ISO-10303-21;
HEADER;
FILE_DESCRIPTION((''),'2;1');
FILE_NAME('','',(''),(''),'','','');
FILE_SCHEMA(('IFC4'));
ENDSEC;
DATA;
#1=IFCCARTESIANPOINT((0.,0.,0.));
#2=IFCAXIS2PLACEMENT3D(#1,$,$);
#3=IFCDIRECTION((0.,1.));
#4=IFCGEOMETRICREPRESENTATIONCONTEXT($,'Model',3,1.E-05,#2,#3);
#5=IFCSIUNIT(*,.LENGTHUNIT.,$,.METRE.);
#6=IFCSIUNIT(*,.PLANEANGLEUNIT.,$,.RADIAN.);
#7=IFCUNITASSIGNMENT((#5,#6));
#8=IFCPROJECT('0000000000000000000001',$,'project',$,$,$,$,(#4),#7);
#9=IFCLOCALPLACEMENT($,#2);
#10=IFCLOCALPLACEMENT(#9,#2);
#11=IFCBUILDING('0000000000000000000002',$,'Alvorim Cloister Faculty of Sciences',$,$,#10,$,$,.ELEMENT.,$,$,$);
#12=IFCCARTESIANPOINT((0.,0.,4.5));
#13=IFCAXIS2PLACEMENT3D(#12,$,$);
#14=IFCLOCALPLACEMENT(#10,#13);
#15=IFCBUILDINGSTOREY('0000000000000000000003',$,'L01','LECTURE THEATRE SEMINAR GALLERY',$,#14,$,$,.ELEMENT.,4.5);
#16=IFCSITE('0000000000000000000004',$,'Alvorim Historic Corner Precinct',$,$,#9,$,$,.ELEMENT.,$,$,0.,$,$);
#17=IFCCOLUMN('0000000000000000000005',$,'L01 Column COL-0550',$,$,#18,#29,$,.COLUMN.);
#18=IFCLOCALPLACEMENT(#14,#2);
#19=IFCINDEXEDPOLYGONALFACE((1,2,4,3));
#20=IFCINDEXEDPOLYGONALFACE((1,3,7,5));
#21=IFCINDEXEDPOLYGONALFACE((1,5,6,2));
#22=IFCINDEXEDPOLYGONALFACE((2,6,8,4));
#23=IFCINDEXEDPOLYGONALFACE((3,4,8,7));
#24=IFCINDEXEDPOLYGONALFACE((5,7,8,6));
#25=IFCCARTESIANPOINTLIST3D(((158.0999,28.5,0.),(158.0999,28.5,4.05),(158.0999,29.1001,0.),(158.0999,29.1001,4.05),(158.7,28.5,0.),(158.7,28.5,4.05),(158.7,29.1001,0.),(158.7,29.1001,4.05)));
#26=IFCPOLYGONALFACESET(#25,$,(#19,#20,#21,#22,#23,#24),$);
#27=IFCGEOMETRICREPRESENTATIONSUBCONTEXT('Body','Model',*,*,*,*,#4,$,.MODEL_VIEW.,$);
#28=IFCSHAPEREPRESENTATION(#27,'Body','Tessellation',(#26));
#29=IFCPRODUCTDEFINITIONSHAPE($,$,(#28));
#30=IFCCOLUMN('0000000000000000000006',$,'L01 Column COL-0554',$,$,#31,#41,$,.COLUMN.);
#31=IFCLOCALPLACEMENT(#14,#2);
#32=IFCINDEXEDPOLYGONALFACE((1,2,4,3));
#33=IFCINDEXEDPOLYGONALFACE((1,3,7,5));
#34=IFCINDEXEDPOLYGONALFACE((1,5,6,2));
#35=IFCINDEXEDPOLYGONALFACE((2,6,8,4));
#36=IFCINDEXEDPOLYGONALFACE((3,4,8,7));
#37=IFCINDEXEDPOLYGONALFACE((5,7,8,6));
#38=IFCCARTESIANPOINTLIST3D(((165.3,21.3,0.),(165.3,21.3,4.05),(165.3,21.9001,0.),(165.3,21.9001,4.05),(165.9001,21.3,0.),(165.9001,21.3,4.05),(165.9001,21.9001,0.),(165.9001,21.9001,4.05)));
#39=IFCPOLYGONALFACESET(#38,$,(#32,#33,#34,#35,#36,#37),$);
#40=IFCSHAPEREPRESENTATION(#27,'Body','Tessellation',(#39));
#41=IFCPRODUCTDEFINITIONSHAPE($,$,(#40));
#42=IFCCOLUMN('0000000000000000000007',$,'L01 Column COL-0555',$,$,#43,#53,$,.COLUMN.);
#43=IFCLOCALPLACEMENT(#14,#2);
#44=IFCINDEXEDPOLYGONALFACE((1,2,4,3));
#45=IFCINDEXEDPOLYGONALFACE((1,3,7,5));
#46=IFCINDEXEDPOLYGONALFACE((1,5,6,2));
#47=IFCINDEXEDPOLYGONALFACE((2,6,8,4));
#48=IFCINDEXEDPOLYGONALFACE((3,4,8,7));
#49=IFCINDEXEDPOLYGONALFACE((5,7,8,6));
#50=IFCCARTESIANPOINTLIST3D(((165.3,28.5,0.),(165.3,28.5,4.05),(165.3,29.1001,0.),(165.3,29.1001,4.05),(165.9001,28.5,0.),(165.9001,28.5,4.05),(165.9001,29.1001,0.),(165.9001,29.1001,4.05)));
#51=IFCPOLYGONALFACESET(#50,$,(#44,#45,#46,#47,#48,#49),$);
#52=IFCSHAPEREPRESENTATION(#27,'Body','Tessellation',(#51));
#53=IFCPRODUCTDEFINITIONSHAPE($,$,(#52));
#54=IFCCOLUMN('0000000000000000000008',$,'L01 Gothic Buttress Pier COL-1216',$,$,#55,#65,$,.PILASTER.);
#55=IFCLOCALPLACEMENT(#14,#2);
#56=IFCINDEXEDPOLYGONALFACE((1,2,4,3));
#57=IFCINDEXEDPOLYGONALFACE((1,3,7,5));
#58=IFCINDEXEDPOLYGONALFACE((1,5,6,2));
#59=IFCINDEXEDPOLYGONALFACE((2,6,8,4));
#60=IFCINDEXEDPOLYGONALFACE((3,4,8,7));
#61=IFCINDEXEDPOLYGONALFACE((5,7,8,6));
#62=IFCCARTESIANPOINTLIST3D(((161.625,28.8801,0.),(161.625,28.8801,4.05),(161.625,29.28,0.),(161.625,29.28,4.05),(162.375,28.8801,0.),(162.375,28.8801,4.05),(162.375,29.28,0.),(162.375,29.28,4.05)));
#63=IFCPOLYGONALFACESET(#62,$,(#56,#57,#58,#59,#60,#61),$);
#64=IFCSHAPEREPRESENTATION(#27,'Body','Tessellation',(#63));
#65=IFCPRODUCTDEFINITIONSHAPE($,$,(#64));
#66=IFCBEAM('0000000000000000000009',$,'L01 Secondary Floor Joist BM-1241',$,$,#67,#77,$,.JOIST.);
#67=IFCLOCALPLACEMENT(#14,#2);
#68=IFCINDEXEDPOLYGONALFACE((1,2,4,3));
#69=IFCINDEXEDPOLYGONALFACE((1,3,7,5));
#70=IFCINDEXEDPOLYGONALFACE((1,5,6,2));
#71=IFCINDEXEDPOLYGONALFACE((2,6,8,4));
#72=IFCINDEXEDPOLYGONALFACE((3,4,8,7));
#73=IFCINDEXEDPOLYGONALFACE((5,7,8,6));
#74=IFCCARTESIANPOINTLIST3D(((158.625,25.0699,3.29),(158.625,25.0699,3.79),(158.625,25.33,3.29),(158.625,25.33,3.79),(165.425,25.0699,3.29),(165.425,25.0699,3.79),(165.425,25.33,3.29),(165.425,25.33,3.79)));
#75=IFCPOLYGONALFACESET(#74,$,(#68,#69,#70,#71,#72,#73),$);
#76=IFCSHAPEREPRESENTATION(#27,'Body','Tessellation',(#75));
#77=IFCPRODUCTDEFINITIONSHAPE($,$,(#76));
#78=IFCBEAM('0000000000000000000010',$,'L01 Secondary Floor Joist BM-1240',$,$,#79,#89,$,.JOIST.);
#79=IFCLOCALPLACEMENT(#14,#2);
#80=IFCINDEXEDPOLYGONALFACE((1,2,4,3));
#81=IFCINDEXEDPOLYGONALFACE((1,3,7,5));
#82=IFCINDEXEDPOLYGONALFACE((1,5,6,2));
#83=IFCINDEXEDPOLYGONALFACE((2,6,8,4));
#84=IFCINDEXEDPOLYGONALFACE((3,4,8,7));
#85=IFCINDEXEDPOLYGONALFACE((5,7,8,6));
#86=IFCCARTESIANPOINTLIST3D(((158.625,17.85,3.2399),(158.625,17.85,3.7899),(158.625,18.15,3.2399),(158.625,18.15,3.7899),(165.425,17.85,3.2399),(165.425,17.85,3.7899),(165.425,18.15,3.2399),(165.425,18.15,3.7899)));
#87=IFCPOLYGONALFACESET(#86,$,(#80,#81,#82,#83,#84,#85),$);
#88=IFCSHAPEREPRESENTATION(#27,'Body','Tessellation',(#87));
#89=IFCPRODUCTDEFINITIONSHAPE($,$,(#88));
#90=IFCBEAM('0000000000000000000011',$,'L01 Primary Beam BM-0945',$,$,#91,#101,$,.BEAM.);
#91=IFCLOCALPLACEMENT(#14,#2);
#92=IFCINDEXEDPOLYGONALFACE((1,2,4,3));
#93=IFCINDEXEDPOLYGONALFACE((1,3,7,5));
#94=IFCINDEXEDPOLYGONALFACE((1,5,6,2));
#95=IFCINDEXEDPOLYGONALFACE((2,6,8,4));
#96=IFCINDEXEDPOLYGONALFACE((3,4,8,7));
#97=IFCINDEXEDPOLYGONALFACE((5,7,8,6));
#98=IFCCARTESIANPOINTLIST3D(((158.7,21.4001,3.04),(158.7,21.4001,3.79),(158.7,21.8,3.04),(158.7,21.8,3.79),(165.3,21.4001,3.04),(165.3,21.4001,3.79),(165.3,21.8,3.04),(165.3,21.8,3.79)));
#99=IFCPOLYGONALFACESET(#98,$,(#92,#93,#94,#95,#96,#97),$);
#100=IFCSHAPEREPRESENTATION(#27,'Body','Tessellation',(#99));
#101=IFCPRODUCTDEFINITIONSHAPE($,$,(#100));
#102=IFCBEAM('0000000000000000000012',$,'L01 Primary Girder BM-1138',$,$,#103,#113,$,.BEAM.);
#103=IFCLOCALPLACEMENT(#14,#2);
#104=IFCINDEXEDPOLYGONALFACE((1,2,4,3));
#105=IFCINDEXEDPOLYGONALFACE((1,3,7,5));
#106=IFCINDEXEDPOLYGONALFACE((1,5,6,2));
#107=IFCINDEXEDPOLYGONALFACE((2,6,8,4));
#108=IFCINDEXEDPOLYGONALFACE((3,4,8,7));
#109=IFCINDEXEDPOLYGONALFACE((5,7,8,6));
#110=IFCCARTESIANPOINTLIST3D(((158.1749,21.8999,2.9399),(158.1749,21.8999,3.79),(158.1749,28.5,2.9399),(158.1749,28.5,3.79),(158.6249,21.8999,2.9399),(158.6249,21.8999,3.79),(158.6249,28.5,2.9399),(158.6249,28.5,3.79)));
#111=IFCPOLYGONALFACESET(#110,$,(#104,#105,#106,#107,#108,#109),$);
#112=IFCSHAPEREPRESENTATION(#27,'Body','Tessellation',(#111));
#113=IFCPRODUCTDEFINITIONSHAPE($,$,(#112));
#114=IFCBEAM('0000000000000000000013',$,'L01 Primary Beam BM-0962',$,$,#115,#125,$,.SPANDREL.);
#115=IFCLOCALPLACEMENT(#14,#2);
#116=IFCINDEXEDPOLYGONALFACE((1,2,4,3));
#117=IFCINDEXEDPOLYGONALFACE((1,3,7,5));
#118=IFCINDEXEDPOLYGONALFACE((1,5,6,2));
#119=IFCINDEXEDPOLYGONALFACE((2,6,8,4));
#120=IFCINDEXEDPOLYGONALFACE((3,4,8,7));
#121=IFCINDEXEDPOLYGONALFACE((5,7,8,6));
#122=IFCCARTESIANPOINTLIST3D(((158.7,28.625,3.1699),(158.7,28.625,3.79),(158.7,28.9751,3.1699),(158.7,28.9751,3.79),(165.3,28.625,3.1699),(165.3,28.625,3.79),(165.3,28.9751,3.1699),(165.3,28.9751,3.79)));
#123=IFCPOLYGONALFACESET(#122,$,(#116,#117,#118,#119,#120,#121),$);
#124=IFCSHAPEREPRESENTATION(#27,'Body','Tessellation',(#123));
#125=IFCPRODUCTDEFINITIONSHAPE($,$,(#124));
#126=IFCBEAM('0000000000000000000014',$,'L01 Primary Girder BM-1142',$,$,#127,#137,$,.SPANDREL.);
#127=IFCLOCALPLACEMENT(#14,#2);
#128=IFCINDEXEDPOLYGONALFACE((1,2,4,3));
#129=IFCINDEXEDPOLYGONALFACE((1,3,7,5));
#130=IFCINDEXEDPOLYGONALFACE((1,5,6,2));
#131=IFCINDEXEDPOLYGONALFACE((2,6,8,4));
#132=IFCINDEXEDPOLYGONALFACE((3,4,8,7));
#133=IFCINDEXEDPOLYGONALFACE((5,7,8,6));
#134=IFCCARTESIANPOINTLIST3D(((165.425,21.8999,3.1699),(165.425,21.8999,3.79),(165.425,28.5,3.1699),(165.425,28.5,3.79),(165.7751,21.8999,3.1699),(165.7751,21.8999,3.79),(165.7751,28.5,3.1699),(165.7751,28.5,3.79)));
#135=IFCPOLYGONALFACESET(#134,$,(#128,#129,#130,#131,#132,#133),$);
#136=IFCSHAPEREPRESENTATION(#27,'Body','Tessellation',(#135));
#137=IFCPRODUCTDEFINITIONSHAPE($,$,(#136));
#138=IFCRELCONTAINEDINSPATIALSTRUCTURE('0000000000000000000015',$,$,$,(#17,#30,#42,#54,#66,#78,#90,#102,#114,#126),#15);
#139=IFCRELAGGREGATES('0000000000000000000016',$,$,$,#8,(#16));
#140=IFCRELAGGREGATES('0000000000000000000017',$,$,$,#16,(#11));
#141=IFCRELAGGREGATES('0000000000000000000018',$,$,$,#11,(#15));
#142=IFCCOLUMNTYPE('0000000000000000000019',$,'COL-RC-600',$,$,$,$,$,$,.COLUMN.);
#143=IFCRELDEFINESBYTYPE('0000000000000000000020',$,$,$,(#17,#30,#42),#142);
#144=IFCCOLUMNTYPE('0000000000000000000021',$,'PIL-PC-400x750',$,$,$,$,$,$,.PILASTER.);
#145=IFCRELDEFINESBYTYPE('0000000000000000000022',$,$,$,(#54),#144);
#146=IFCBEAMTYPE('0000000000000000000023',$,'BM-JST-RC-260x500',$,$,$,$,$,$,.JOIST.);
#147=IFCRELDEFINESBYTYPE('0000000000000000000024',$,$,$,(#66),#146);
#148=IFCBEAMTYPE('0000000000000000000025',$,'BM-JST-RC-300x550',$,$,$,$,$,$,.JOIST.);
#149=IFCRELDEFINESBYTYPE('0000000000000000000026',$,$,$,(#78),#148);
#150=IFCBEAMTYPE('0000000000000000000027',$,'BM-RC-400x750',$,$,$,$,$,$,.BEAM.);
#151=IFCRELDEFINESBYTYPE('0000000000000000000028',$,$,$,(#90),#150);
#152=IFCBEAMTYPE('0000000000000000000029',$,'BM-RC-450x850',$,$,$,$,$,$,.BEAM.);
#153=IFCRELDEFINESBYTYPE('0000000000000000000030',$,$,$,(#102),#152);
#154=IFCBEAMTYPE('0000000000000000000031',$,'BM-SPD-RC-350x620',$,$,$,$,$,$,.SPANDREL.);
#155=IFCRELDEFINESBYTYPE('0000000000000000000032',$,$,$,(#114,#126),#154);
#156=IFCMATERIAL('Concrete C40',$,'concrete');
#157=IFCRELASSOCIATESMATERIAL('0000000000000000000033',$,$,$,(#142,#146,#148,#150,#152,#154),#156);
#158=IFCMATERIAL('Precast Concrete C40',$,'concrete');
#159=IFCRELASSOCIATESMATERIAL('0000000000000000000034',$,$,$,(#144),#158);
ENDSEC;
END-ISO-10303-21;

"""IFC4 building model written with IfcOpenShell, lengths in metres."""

from ifc_helpers import new_model, si_unit, direction, frame, origin, origin_2d, place, context, subcontext, project, spatial, rectangle, extrude, material, material_profile, profile_set, type_object, element, save


model = new_model("IFC4")

# Units and contexts
model_context = context("Model", 3, precision=1e-05, world=origin(), true_north=direction((0.0, 1.0)))
body_context = subcontext(model_context, "Body", "Model", "MODEL_VIEW")
ifc_project = project(units=[si_unit("LENGTHUNIT", "METRE"), si_unit("PLANEANGLEUNIT", "RADIAN")], contexts=[model_context])

# Site, building, storey
site_placement = place(None, origin())
site = spatial("IfcSite", under=ifc_project, at=site_placement, Name="Alvorim Historic Corner Precinct", CompositionType="ELEMENT", RefElevation=0.0)
building_placement = place(site_placement, origin())
building = spatial("IfcBuilding", under=site, at=building_placement, Name="Alvorim Cloister Faculty of Sciences", CompositionType="ELEMENT")
storey_placement = place(building_placement, frame((0.0, 0.0, 4.5)))
storey = spatial("IfcBuildingStorey", under=building, at=storey_placement, Name="L01", Description="LECTURE THEATRE SEMINAR GALLERY", CompositionType="ELEMENT", Elevation=4.5)

# Columns
ifc_material_1 = material(Name="Concrete C40", Category="concrete")
ifc_material_profile_1 = material_profile(ifc_material_1, rectangle(XDim=0.6001, YDim=0.6001, at=origin_2d()), Name="RC40-COL-600x600")
ifc_profile_set_1 = profile_set([ifc_material_profile_1], Name="Concrete C40")
column_type_1 = type_object("IfcColumnType", Name="COL-RC-600", PredefinedType="COLUMN", material=ifc_profile_set_1)
for number, where, z_axis, x_axis, name in (
    (1, (158.3999, 28.8, 0.0), (0.0, 0.0, 1.0), (1.0, 0.0, 0.0), "L01 Column COL-0550"),
    (2, (165.6001, 21.6001, 0.0), (0.0, 0.0, 1.0), (1.0, 0.0, 0.0), "L01 Column COL-0554"),
    (3, (165.6001, 28.8, 0.0), (0.0, 0.0, 1.0), (1.0, 0.0, 0.0), "L01 Column COL-0555"),
):
    element("IfcColumn", number, at=place(storey_placement, frame(where, z_axis=z_axis, x_axis=x_axis)), inside=storey, type_object=column_type_1, Name=name, PredefinedType="COLUMN", context=body_context, shape_type="SweptSolid", body=[
        extrude(rectangle(XDim=0.6001, YDim=0.6001, at=origin_2d()), origin(), (0.0, 0.0, 1.0), 4.05),
    ])
ifc_material_2 = material(Name="Precast Concrete C40", Category="concrete")
ifc_material_profile_2 = material_profile(ifc_material_2, rectangle(XDim=0.3999, YDim=0.75, at=origin_2d()), Name="RC40-PIL-400x750")
ifc_profile_set_2 = profile_set([ifc_material_profile_2], Name="Precast Concrete C40")
column_type_2 = type_object("IfcColumnType", Name="PIL-PC-400x750", PredefinedType="PILASTER", material=ifc_profile_set_2)
column_placement = place(storey_placement, frame((162.0, 29.0801, 0.0), z_axis=(0.0, 0.0, 1.0), x_axis=(0.0, 1.0, 0.0)))
element("IfcColumn", 4, at=column_placement, inside=storey, type_object=column_type_2, Name="L01 Gothic Buttress Pier COL-1216", PredefinedType="PILASTER", context=body_context, shape_type="SweptSolid", body=[
    extrude(rectangle(XDim=0.3999, YDim=0.75, at=origin_2d()), origin(), (0.0, 0.0, 1.0), 4.05),
])

# Beams
ifc_material_profile_3 = material_profile(ifc_material_1, rectangle(XDim=0.26, YDim=0.5, at=origin_2d()), Name="RC40-JST-260x500")
ifc_profile_set_3 = profile_set([ifc_material_profile_3], Name="Concrete C40")
beam_type_1 = type_object("IfcBeamType", Name="BM-JST-RC-260x500", PredefinedType="JOIST", material=ifc_profile_set_3)
beam_1_placement = place(storey_placement, frame((158.625, 25.2, 3.54), z_axis=(1.0, 0.0, 0.0), x_axis=(0.0, 1.0, 0.0)))
element("IfcBeam", 5, at=beam_1_placement, inside=storey, type_object=beam_type_1, Name="L01 Secondary Floor Joist BM-1241", PredefinedType="JOIST", context=body_context, shape_type="SweptSolid", body=[
    extrude(rectangle(XDim=0.26, YDim=0.5, at=origin_2d()), origin(), (0.0, 0.0, 1.0), 6.8),
])
ifc_material_profile_4 = material_profile(ifc_material_1, rectangle(XDim=0.3, YDim=0.55, at=origin_2d()), Name="RC40-JST-300x550")
ifc_profile_set_4 = profile_set([ifc_material_profile_4], Name="Concrete C40")
beam_type_2 = type_object("IfcBeamType", Name="BM-JST-RC-300x550", PredefinedType="JOIST", material=ifc_profile_set_4)
beam_2_placement = place(storey_placement, frame((158.625, 18.0, 3.5149), z_axis=(1.0, 0.0, 0.0), x_axis=(0.0, 1.0, 0.0)))
element("IfcBeam", 6, at=beam_2_placement, inside=storey, type_object=beam_type_2, Name="L01 Secondary Floor Joist BM-1240", PredefinedType="JOIST", context=body_context, shape_type="SweptSolid", body=[
    extrude(rectangle(XDim=0.3, YDim=0.55, at=origin_2d()), origin(), (0.0, 0.0, 1.0), 6.8),
])
ifc_material_profile_5 = material_profile(ifc_material_1, rectangle(XDim=0.3999, YDim=0.75, at=origin_2d()), Name="RC40-BM-400x750")
ifc_profile_set_5 = profile_set([ifc_material_profile_5], Name="Concrete C40")
beam_type_3 = type_object("IfcBeamType", Name="BM-RC-400x750", PredefinedType="BEAM", material=ifc_profile_set_5)
beam_3_placement = place(storey_placement, frame((158.7, 21.6001, 3.415), z_axis=(1.0, 0.0, 0.0), x_axis=(0.0, 1.0, 0.0)))
element("IfcBeam", 7, at=beam_3_placement, inside=storey, type_object=beam_type_3, Name="L01 Primary Beam BM-0945", PredefinedType="BEAM", context=body_context, shape_type="SweptSolid", body=[
    extrude(rectangle(XDim=0.3999, YDim=0.75, at=origin_2d()), origin(), (0.0, 0.0, 1.0), 6.6001),
])
ifc_material_profile_6 = material_profile(ifc_material_1, rectangle(XDim=0.45, YDim=0.8501, at=origin_2d()), Name="RC40-BM-450x850")
ifc_profile_set_6 = profile_set([ifc_material_profile_6], Name="Concrete C40")
beam_type_4 = type_object("IfcBeamType", Name="BM-RC-450x850", PredefinedType="BEAM", material=ifc_profile_set_6)
beam_4_placement = place(storey_placement, frame((158.3999, 21.8999, 3.365), z_axis=(0.0, 1.0, 0.0), x_axis=(-1.0, 0.0, 0.0)))
element("IfcBeam", 8, at=beam_4_placement, inside=storey, type_object=beam_type_4, Name="L01 Primary Girder BM-1138", PredefinedType="BEAM", context=body_context, shape_type="SweptSolid", body=[
    extrude(rectangle(XDim=0.45, YDim=0.8501, at=origin_2d()), origin(), (0.0, 0.0, 1.0), 6.6001),
])
ifc_material_profile_7 = material_profile(ifc_material_1, rectangle(XDim=0.3501, YDim=0.6201, at=origin_2d()), Name="RC40-SPD-350x620")
ifc_profile_set_7 = profile_set([ifc_material_profile_7], Name="Concrete C40")
beam_type_5 = type_object("IfcBeamType", Name="BM-SPD-RC-350x620", PredefinedType="SPANDREL", material=ifc_profile_set_7)
for number, where, z_axis, x_axis, name in (
    (9, (158.7, 28.8, 3.48), (1.0, 0.0, 0.0), (0.0, 1.0, 0.0), "L01 Primary Beam BM-0962"),
    (10, (165.6001, 21.8999, 3.48), (0.0, 1.0, 0.0), (-1.0, 0.0, 0.0), "L01 Primary Girder BM-1142"),
):
    element("IfcBeam", number, at=place(storey_placement, frame(where, z_axis=z_axis, x_axis=x_axis)), inside=storey, type_object=beam_type_5, Name=name, PredefinedType="SPANDREL", context=body_context, shape_type="SweptSolid", body=[
        extrude(rectangle(XDim=0.3501, YDim=0.6201, at=origin_2d()), origin(), (0.0, 0.0, 1.0), 6.6001),
    ])

save(model, "model.ifc")
